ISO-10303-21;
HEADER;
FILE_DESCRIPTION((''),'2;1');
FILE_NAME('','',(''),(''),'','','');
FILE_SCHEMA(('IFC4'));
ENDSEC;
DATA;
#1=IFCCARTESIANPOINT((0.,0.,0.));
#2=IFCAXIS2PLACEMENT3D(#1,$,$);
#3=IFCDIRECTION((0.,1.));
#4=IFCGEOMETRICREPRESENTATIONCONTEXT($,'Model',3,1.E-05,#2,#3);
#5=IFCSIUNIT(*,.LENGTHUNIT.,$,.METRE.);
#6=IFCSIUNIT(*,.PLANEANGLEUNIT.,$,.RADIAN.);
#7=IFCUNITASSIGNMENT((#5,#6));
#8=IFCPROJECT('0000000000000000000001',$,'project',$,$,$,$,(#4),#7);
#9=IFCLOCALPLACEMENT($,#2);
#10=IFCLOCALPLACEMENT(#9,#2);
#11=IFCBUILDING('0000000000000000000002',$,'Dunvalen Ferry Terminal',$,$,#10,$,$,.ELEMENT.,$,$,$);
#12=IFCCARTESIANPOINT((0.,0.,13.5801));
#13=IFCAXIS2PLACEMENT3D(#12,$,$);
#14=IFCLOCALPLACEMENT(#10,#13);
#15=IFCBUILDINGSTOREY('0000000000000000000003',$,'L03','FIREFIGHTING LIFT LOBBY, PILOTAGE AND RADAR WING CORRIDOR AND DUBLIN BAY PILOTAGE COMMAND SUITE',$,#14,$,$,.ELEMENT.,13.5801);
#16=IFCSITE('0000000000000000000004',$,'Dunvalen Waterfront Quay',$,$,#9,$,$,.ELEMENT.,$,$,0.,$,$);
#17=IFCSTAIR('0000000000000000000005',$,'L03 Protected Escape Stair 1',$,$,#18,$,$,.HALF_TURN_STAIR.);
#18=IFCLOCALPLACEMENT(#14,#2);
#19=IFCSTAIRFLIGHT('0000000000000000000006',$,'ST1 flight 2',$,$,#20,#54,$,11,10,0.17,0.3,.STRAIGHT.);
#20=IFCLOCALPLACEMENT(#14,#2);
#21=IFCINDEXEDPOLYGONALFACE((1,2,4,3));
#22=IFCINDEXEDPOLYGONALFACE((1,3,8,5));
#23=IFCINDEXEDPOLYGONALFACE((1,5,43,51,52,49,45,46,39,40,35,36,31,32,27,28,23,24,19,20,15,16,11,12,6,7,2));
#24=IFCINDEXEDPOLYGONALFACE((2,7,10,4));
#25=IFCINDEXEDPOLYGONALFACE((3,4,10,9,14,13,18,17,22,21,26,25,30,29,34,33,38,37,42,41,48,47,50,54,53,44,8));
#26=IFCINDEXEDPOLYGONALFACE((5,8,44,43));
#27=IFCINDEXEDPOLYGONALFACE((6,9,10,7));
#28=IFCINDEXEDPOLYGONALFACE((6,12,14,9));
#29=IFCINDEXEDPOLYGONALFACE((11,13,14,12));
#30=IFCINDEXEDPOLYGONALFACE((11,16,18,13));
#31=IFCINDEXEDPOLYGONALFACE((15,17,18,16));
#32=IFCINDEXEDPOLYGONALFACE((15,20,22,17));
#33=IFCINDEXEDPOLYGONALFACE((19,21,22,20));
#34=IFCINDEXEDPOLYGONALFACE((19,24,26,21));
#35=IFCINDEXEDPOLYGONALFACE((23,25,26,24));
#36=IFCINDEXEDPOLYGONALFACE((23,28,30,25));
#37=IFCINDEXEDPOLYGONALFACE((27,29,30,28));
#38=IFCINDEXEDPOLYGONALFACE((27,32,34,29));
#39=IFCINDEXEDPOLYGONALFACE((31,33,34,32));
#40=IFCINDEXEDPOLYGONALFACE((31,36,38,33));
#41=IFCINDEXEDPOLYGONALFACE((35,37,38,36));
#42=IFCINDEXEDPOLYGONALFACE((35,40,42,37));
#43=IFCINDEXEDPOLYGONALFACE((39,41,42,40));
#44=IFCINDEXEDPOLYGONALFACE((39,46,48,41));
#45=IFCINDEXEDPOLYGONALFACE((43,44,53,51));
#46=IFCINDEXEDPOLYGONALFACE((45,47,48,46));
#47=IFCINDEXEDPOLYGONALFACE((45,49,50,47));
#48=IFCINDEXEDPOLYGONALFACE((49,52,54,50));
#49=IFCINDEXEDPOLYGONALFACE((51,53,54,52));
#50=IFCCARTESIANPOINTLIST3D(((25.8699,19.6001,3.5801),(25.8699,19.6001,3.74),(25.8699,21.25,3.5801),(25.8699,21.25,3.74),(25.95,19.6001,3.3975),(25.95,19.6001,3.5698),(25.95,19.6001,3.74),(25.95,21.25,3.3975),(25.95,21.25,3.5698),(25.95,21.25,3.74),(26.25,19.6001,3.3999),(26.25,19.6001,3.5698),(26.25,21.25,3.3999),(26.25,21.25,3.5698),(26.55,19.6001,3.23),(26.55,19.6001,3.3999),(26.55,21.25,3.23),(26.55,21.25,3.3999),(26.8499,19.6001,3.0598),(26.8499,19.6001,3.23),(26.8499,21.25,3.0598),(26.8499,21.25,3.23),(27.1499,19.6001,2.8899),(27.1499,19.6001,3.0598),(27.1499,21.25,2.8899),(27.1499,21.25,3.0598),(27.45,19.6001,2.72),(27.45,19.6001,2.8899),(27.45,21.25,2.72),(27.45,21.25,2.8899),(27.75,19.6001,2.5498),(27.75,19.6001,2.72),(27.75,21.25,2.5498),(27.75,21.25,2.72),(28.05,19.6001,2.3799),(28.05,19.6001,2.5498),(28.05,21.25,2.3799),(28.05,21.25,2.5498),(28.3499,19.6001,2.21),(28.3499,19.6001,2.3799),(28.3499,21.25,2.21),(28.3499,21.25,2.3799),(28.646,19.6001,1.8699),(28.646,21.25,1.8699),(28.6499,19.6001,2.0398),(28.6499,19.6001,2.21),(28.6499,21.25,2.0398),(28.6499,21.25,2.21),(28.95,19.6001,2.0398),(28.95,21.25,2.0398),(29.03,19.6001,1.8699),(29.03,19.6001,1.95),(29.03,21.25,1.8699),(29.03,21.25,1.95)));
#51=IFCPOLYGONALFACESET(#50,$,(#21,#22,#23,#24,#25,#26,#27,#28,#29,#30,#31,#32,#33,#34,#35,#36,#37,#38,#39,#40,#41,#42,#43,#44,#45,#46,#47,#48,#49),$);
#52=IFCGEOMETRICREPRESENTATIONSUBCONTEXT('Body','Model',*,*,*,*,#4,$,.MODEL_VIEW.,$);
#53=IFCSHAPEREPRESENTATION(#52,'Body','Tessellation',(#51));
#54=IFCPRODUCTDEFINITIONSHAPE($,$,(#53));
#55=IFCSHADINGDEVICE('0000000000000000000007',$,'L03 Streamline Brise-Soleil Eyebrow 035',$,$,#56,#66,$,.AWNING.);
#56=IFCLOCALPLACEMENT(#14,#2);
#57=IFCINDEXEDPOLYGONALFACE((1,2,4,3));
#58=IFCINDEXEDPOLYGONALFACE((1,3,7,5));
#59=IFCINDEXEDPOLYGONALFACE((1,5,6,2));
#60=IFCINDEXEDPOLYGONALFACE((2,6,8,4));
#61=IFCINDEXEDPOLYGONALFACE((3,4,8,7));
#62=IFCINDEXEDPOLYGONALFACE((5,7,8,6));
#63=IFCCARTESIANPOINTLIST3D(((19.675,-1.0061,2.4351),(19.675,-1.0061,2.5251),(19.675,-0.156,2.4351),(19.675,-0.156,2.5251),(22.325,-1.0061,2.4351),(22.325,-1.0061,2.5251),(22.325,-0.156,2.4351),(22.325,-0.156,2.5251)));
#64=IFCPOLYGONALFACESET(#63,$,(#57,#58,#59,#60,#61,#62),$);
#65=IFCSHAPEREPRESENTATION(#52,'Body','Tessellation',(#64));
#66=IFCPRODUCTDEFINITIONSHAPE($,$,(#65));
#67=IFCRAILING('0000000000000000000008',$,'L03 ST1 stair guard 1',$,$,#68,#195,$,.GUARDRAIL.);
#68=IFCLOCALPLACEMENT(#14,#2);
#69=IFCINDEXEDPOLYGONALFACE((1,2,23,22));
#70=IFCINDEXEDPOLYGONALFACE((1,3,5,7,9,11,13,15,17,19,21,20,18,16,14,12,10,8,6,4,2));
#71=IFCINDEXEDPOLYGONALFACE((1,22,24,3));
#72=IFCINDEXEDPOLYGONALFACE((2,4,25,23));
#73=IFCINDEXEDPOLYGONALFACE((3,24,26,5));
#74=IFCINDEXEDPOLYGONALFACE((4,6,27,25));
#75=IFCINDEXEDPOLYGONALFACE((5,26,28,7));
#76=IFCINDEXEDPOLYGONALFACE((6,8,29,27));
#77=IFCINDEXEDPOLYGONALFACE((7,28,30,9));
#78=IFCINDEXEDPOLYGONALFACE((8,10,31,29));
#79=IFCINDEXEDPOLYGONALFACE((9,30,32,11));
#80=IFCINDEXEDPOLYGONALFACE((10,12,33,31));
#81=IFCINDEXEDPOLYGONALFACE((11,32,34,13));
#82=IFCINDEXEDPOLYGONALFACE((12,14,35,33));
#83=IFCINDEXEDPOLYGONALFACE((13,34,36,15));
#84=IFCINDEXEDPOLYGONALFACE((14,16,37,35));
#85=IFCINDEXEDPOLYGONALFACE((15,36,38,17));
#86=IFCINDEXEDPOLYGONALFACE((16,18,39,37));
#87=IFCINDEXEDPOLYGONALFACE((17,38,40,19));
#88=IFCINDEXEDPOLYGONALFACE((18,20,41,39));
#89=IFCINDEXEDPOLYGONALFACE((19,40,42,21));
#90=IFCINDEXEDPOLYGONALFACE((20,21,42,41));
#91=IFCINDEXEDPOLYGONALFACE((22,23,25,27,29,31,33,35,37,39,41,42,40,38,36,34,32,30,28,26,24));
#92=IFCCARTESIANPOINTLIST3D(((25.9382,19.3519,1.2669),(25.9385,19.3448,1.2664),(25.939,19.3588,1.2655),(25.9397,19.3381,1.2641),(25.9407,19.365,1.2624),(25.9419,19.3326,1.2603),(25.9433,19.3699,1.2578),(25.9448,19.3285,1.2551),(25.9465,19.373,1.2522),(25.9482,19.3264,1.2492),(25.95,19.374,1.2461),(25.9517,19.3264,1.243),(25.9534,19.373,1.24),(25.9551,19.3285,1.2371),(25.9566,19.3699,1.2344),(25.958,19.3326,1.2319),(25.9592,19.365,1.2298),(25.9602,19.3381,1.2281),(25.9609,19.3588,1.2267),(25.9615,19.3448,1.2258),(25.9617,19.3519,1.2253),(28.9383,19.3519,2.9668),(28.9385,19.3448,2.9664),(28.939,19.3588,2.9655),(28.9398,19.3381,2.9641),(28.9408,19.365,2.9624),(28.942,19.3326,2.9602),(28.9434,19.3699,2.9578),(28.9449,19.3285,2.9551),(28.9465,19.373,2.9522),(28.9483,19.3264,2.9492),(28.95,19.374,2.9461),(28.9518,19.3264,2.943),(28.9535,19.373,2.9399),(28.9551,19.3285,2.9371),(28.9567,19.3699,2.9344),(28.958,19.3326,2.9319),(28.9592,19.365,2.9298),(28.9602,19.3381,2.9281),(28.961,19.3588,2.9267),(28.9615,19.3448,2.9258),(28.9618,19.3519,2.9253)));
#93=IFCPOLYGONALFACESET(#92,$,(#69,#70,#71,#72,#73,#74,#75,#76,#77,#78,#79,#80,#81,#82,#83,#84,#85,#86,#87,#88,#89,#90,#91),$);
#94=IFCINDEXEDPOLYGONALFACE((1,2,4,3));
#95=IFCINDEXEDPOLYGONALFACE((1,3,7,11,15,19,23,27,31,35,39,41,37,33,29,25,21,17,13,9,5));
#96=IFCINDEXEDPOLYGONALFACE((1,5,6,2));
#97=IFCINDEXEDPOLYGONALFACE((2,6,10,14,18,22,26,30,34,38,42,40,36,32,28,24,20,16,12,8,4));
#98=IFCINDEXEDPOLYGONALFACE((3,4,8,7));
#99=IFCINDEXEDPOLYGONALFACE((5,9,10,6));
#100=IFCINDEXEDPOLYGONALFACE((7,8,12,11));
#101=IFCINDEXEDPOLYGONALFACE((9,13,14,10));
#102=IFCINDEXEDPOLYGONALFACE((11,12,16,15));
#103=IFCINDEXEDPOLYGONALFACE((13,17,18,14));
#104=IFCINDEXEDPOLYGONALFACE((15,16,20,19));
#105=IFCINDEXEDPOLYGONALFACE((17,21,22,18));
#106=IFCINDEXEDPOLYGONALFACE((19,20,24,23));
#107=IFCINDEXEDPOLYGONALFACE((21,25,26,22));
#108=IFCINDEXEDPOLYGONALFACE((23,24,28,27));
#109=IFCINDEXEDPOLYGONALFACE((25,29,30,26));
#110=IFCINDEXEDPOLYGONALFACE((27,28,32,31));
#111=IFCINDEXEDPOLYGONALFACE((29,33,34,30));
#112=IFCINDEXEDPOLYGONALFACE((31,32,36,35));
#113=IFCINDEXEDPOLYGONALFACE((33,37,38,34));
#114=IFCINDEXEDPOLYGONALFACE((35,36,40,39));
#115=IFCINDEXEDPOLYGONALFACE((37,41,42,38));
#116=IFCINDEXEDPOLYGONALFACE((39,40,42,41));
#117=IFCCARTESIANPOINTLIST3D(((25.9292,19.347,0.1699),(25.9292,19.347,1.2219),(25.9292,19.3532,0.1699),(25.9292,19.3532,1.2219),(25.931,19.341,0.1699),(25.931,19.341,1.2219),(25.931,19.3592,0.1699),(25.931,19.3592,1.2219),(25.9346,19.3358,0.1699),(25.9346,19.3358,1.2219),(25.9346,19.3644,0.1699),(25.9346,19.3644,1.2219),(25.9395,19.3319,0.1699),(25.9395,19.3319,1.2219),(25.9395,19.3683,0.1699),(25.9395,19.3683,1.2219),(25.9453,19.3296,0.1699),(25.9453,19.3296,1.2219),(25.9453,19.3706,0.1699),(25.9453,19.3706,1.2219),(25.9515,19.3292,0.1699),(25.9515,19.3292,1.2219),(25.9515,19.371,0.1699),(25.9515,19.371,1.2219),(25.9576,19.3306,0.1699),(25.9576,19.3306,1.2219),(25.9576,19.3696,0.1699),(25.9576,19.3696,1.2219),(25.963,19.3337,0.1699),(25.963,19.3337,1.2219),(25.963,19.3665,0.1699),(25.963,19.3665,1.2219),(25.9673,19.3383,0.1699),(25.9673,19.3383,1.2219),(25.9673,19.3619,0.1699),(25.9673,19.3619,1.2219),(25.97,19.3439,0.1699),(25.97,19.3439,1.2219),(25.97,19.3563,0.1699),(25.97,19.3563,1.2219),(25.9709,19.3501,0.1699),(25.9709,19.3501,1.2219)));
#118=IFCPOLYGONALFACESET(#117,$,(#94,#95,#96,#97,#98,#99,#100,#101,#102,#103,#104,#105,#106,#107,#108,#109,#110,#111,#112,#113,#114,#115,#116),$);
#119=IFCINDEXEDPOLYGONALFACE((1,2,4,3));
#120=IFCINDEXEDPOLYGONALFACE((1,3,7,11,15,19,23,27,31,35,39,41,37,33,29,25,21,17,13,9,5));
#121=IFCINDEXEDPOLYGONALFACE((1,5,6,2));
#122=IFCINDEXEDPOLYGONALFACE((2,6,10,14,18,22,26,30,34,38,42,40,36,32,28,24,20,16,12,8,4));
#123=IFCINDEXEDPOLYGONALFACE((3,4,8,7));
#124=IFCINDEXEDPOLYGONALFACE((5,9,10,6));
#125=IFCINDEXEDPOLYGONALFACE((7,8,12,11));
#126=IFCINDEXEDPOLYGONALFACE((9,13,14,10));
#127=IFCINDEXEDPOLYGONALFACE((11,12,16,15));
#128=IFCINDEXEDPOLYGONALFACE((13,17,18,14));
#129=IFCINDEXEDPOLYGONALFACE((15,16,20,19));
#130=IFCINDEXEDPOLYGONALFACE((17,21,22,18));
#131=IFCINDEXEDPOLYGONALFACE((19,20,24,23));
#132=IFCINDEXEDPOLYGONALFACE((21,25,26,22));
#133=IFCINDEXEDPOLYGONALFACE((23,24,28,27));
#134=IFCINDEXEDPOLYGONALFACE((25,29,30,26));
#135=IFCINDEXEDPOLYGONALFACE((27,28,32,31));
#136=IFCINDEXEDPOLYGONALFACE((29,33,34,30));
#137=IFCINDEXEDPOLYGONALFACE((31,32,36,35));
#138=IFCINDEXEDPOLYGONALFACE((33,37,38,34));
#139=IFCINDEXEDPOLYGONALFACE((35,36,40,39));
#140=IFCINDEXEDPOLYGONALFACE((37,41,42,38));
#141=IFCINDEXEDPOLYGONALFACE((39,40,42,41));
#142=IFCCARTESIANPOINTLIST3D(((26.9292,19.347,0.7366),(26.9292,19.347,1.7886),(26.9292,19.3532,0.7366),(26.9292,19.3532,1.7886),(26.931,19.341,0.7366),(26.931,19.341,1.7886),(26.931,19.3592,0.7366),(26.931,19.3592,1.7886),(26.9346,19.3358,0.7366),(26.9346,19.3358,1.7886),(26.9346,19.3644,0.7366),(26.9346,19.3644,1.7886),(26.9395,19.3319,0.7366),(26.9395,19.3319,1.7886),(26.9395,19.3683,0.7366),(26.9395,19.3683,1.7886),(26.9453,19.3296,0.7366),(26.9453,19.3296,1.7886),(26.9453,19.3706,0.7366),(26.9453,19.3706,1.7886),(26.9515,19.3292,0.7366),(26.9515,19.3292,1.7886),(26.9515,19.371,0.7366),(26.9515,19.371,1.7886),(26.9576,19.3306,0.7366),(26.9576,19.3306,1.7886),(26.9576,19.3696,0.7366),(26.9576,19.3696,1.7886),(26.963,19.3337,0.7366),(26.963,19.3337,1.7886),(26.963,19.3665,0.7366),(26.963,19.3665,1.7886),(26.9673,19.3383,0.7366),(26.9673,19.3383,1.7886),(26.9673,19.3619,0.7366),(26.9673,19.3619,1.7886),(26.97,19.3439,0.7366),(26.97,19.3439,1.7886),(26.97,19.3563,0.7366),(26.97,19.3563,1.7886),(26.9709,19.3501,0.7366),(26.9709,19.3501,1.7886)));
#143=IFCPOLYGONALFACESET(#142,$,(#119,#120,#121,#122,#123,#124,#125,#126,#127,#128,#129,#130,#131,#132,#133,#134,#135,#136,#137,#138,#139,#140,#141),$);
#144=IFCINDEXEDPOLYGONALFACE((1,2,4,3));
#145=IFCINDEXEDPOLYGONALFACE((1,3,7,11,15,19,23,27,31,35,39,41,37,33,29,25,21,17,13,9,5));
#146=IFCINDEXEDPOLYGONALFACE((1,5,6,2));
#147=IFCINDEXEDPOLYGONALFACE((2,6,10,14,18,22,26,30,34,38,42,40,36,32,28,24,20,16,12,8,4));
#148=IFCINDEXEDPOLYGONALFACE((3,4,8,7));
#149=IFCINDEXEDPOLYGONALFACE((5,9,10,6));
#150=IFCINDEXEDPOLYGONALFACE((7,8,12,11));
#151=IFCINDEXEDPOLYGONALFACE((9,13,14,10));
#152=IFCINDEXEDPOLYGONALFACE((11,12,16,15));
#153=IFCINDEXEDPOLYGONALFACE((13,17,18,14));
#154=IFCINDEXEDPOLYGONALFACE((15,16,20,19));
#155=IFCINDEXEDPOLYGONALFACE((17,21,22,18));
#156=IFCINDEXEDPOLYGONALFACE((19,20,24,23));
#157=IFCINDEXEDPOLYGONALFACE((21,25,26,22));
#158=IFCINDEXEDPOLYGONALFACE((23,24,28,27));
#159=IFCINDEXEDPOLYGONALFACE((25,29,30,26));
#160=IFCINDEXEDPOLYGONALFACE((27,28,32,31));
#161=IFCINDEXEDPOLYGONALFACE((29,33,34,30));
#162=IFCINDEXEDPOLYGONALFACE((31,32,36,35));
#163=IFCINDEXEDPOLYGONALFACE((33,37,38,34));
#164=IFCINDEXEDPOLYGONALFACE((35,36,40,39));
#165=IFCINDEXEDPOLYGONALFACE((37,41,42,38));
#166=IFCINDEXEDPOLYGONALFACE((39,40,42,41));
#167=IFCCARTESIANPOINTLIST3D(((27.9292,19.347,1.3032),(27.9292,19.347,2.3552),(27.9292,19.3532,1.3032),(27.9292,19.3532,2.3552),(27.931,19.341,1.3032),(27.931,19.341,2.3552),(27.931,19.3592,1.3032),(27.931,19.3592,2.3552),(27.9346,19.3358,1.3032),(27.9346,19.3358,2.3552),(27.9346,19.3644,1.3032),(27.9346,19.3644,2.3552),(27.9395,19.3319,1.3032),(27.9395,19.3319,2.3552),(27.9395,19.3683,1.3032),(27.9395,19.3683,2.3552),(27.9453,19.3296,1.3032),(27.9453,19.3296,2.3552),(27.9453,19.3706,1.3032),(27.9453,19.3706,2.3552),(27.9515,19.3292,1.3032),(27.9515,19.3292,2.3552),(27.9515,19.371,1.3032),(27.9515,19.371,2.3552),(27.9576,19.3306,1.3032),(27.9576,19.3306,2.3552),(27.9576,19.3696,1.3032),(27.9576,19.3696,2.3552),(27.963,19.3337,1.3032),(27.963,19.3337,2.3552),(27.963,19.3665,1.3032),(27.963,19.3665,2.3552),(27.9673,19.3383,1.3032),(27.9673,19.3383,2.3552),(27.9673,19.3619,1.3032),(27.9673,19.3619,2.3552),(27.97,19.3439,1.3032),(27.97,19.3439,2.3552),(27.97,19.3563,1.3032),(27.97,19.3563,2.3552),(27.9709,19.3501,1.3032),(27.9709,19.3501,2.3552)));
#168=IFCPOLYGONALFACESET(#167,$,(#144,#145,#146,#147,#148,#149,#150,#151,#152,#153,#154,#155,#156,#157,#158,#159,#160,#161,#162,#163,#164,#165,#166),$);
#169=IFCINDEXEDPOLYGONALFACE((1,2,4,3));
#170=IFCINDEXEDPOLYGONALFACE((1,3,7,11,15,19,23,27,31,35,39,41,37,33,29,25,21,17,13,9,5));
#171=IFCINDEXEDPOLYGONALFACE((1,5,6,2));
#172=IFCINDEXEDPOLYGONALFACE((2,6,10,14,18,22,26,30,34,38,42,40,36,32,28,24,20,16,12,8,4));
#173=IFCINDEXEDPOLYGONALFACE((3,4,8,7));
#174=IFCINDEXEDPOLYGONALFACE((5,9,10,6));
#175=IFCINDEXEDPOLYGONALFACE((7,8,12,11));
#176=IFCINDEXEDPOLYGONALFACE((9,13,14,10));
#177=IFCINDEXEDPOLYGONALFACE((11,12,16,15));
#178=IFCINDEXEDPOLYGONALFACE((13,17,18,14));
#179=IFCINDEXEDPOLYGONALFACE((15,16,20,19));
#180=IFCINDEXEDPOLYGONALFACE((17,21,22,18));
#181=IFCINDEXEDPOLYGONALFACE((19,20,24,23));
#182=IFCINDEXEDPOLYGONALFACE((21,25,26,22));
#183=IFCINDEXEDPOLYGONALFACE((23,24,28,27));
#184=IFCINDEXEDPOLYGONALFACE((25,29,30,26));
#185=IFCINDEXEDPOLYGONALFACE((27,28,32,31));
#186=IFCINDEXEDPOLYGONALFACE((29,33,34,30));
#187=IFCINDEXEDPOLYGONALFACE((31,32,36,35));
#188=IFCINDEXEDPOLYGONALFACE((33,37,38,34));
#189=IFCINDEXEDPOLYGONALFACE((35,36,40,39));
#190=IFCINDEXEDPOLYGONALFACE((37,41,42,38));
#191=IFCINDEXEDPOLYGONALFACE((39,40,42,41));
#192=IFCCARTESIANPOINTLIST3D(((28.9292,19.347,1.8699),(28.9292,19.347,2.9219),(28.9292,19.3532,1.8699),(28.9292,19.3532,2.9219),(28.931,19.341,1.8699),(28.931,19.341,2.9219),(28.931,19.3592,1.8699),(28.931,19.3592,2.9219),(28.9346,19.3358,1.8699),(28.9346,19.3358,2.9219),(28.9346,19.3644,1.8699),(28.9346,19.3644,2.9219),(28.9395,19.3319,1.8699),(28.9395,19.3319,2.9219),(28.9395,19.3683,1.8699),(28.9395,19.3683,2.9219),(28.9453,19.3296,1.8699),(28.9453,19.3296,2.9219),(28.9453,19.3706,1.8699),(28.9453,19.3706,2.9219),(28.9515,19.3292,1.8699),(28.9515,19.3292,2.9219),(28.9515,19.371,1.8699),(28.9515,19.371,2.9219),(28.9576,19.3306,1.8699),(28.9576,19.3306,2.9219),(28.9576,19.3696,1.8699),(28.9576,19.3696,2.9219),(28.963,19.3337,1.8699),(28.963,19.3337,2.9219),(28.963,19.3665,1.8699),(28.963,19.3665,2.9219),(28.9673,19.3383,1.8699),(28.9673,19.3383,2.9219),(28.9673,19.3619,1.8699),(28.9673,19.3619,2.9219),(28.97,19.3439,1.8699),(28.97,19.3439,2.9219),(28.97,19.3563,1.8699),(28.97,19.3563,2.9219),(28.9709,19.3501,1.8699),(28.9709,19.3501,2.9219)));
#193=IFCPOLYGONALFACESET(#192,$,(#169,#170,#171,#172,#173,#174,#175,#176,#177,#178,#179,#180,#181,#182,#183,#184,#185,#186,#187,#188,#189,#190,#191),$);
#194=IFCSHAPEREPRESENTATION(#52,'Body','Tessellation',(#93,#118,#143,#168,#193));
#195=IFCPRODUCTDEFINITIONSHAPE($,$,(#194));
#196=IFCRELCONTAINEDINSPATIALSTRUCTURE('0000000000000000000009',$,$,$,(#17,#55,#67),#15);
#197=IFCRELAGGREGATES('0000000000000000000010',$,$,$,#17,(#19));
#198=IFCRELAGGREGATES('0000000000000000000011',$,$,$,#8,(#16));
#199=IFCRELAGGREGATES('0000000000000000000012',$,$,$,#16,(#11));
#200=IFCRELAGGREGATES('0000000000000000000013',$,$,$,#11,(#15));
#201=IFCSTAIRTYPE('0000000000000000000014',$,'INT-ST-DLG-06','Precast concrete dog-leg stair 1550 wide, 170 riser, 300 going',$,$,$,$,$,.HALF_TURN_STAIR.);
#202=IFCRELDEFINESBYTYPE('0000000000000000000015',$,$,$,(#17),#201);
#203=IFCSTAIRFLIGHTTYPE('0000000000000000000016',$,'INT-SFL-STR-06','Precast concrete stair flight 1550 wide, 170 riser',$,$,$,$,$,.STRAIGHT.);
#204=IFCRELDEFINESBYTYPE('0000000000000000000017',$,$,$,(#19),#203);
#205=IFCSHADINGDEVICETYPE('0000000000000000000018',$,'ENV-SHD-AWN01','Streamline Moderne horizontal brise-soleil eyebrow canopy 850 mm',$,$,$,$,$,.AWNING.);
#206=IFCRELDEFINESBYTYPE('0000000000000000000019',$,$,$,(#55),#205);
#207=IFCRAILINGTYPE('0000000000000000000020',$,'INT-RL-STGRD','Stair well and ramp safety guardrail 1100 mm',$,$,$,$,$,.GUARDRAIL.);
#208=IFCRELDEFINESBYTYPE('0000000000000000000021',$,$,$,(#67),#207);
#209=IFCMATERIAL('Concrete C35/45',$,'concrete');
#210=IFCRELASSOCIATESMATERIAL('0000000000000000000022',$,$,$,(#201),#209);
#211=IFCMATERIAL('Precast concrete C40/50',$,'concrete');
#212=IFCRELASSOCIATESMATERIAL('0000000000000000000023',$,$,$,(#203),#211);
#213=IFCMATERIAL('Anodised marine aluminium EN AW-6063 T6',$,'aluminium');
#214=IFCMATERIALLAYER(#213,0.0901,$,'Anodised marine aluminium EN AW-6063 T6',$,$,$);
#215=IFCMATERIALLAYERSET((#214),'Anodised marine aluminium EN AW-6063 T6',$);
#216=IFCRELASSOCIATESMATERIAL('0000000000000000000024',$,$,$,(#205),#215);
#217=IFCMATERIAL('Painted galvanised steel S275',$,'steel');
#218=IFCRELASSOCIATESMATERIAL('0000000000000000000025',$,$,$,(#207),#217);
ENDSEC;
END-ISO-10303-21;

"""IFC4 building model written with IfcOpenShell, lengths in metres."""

from ifc_helpers import new_model, si_unit, direction, frame, origin, origin_2d, place, context, subcontext, project, spatial, polyline, rectangle, circle, outline, extrude, material, layer, layer_set, type_object, element, aggregate, save


model = new_model("IFC4")

# Units and contexts
model_context = context("Model", 3, precision=1e-05, world=origin(), true_north=direction((0.0, 1.0)))
body_context = subcontext(model_context, "Body", "Model", "MODEL_VIEW")
ifc_project = project(units=[si_unit("LENGTHUNIT", "METRE"), si_unit("PLANEANGLEUNIT", "RADIAN")], contexts=[model_context])

# Site, building, storey
site_placement = place(None, origin())
site = spatial("IfcSite", under=ifc_project, at=site_placement, Name="Dunvalen Waterfront Quay", CompositionType="ELEMENT", RefElevation=0.0)
building_placement = place(site_placement, origin())
building = spatial("IfcBuilding", under=site, at=building_placement, Name="Dunvalen Ferry Terminal", CompositionType="ELEMENT")
storey_placement = place(building_placement, frame((0.0, 0.0, 13.5801)))
storey = spatial("IfcBuildingStorey", under=building, at=storey_placement, Name="L03", Description="FIREFIGHTING LIFT LOBBY, PILOTAGE AND RADAR WING CORRIDOR AND DUBLIN BAY PILOTAGE COMMAND SUITE", CompositionType="ELEMENT", Elevation=13.5801)

# Shared definitions
ifc_material_1 = material(Name="Concrete C35/45", Category="concrete")

# Shared definitions
ifc_material_2 = material(Name="Precast concrete C40/50", Category="concrete")

# Stair, stair flight
stair_type = type_object("IfcStairType", Name="INT-ST-DLG-06", Description="Precast concrete dog-leg stair 1550 wide, 170 riser, 300 going", PredefinedType="HALF_TURN_STAIR", material=ifc_material_1)
stair_placement = place(storey_placement, origin())
stair = element("IfcStair", 1, at=stair_placement, inside=storey, type_object=stair_type, Name="L03 Protected Escape Stair 1", PredefinedType="HALF_TURN_STAIR")
stair_flight_type = type_object("IfcStairFlightType", Name="INT-SFL-STR-06", Description="Precast concrete stair flight 1550 wide, 170 riser", PredefinedType="STRAIGHT", material=ifc_material_2)
stair_flight_1_placement = place(storey_placement, frame((28.95, 20.425, 1.8699), z_axis=(0.0, 0.0, 1.0), x_axis=(-1.0, 0.0, 0.0)))
stair_flight_1 = element("IfcStairFlight", 2, at=stair_flight_1_placement, type_object=stair_flight_type, Name="ST1 flight 2", NumberOfRisers=11, NumberOfTreads=10, PredefinedType="STRAIGHT", RiserHeight=0.17, TreadLength=0.3, context=body_context, shape_type="SweptSolid", body=[
    extrude(outline(polyline([(-0.0801, 0.0), (-0.0801, 0.0801), (0.0, 0.1699), (0.3, 0.1699), (0.3, 0.3401), (0.6001, 0.3401), (0.6001, 0.51), (0.8999, 0.51), (0.8999, 0.6799), (1.2, 0.6799), (1.2, 0.8501), (1.5, 0.8501), (1.5, 1.02), (1.8, 1.02), (1.8, 1.1899), (2.1001, 1.1899), (2.1001, 1.3601), (2.3999, 1.3601), (2.3999, 1.53), (2.7, 1.53), (2.7, 1.7), (3.0, 1.7), (3.0, 1.8701), (3.0801, 1.8701), (3.0801, 1.7102), (3.0, 1.5276), (0.304, 0.0), (-0.0801, 0.0)])), frame((0.0, 0.825, 0.0), z_axis=(0.0, -1.0, 0.0), x_axis=(1.0, 0.0, 0.0)), (0.0, 0.0, 1.0), 1.6499),
])
aggregate(stair, [stair_flight_1])

# Shading device
ifc_material_3 = material(Name="Anodised marine aluminium EN AW-6063 T6", Category="aluminium")
ifc_layer_1 = layer(ifc_material_3, 0.0901, Name="Anodised marine aluminium EN AW-6063 T6")
ifc_layer_set_1 = layer_set([ifc_layer_1], Name="Anodised marine aluminium EN AW-6063 T6")
shading_device_type = type_object("IfcShadingDeviceType", Name="ENV-SHD-AWN01", Description="Streamline Moderne horizontal brise-soleil eyebrow canopy 850 mm", PredefinedType="AWNING", material=ifc_layer_set_1)
shading_device_placement = place(storey_placement, frame((21.0, -0.5811, 2.4351), z_axis=(0.0, 0.0, 1.0), x_axis=(1.0, 0.0, 0.0)))
element("IfcShadingDevice", 3, at=shading_device_placement, inside=storey, type_object=shading_device_type, Name="L03 Streamline Brise-Soleil Eyebrow 035", PredefinedType="AWNING", context=body_context, shape_type="SweptSolid", body=[
    extrude(rectangle(XDim=2.6499, YDim=0.8501, at=origin_2d()), origin(), (0.0, 0.0, 1.0), 0.0901),
])

# Railing
ifc_material_4 = material(Name="Painted galvanised steel S275", Category="steel")
railing_type_1 = type_object("IfcRailingType", Name="INT-RL-STGRD", Description="Stair well and ramp safety guardrail 1100 mm", PredefinedType="GUARDRAIL", material=ifc_material_4)
railing_1_placement = place(storey_placement, frame((25.95, 19.3501, 0.1699)))
element("IfcRailing", 4, at=railing_1_placement, inside=storey, type_object=railing_type_1, Name="L03 ST1 stair guard 1", PredefinedType="GUARDRAIL", context=body_context, shape_type="SweptSolid", body=[
    extrude(circle(Radius=0.0239, at=origin_2d()), frame((0.0, 0.0, 1.0762), z_axis=(0.870028, 0.0, 0.493002), x_axis=(0.0, 1.0, 0.0)), (0.0, 0.0, 1.0), 3.4482),
    extrude(circle(Radius=0.021, at=origin_2d()), origin(), (0.0, 0.0, 1.0), 1.052),
    extrude(circle(Radius=0.021, at=origin_2d()), frame((1.0, 0.0, 0.5667)), (0.0, 0.0, 1.0), 1.052),
    extrude(circle(Radius=0.021, at=origin_2d()), frame((2.0, 0.0, 1.1333)), (0.0, 0.0, 1.0), 1.052),
    extrude(circle(Radius=0.021, at=origin_2d()), frame((3.0, 0.0, 1.7)), (0.0, 0.0, 1.0), 1.052),
])

save(model, "model.ifc")
